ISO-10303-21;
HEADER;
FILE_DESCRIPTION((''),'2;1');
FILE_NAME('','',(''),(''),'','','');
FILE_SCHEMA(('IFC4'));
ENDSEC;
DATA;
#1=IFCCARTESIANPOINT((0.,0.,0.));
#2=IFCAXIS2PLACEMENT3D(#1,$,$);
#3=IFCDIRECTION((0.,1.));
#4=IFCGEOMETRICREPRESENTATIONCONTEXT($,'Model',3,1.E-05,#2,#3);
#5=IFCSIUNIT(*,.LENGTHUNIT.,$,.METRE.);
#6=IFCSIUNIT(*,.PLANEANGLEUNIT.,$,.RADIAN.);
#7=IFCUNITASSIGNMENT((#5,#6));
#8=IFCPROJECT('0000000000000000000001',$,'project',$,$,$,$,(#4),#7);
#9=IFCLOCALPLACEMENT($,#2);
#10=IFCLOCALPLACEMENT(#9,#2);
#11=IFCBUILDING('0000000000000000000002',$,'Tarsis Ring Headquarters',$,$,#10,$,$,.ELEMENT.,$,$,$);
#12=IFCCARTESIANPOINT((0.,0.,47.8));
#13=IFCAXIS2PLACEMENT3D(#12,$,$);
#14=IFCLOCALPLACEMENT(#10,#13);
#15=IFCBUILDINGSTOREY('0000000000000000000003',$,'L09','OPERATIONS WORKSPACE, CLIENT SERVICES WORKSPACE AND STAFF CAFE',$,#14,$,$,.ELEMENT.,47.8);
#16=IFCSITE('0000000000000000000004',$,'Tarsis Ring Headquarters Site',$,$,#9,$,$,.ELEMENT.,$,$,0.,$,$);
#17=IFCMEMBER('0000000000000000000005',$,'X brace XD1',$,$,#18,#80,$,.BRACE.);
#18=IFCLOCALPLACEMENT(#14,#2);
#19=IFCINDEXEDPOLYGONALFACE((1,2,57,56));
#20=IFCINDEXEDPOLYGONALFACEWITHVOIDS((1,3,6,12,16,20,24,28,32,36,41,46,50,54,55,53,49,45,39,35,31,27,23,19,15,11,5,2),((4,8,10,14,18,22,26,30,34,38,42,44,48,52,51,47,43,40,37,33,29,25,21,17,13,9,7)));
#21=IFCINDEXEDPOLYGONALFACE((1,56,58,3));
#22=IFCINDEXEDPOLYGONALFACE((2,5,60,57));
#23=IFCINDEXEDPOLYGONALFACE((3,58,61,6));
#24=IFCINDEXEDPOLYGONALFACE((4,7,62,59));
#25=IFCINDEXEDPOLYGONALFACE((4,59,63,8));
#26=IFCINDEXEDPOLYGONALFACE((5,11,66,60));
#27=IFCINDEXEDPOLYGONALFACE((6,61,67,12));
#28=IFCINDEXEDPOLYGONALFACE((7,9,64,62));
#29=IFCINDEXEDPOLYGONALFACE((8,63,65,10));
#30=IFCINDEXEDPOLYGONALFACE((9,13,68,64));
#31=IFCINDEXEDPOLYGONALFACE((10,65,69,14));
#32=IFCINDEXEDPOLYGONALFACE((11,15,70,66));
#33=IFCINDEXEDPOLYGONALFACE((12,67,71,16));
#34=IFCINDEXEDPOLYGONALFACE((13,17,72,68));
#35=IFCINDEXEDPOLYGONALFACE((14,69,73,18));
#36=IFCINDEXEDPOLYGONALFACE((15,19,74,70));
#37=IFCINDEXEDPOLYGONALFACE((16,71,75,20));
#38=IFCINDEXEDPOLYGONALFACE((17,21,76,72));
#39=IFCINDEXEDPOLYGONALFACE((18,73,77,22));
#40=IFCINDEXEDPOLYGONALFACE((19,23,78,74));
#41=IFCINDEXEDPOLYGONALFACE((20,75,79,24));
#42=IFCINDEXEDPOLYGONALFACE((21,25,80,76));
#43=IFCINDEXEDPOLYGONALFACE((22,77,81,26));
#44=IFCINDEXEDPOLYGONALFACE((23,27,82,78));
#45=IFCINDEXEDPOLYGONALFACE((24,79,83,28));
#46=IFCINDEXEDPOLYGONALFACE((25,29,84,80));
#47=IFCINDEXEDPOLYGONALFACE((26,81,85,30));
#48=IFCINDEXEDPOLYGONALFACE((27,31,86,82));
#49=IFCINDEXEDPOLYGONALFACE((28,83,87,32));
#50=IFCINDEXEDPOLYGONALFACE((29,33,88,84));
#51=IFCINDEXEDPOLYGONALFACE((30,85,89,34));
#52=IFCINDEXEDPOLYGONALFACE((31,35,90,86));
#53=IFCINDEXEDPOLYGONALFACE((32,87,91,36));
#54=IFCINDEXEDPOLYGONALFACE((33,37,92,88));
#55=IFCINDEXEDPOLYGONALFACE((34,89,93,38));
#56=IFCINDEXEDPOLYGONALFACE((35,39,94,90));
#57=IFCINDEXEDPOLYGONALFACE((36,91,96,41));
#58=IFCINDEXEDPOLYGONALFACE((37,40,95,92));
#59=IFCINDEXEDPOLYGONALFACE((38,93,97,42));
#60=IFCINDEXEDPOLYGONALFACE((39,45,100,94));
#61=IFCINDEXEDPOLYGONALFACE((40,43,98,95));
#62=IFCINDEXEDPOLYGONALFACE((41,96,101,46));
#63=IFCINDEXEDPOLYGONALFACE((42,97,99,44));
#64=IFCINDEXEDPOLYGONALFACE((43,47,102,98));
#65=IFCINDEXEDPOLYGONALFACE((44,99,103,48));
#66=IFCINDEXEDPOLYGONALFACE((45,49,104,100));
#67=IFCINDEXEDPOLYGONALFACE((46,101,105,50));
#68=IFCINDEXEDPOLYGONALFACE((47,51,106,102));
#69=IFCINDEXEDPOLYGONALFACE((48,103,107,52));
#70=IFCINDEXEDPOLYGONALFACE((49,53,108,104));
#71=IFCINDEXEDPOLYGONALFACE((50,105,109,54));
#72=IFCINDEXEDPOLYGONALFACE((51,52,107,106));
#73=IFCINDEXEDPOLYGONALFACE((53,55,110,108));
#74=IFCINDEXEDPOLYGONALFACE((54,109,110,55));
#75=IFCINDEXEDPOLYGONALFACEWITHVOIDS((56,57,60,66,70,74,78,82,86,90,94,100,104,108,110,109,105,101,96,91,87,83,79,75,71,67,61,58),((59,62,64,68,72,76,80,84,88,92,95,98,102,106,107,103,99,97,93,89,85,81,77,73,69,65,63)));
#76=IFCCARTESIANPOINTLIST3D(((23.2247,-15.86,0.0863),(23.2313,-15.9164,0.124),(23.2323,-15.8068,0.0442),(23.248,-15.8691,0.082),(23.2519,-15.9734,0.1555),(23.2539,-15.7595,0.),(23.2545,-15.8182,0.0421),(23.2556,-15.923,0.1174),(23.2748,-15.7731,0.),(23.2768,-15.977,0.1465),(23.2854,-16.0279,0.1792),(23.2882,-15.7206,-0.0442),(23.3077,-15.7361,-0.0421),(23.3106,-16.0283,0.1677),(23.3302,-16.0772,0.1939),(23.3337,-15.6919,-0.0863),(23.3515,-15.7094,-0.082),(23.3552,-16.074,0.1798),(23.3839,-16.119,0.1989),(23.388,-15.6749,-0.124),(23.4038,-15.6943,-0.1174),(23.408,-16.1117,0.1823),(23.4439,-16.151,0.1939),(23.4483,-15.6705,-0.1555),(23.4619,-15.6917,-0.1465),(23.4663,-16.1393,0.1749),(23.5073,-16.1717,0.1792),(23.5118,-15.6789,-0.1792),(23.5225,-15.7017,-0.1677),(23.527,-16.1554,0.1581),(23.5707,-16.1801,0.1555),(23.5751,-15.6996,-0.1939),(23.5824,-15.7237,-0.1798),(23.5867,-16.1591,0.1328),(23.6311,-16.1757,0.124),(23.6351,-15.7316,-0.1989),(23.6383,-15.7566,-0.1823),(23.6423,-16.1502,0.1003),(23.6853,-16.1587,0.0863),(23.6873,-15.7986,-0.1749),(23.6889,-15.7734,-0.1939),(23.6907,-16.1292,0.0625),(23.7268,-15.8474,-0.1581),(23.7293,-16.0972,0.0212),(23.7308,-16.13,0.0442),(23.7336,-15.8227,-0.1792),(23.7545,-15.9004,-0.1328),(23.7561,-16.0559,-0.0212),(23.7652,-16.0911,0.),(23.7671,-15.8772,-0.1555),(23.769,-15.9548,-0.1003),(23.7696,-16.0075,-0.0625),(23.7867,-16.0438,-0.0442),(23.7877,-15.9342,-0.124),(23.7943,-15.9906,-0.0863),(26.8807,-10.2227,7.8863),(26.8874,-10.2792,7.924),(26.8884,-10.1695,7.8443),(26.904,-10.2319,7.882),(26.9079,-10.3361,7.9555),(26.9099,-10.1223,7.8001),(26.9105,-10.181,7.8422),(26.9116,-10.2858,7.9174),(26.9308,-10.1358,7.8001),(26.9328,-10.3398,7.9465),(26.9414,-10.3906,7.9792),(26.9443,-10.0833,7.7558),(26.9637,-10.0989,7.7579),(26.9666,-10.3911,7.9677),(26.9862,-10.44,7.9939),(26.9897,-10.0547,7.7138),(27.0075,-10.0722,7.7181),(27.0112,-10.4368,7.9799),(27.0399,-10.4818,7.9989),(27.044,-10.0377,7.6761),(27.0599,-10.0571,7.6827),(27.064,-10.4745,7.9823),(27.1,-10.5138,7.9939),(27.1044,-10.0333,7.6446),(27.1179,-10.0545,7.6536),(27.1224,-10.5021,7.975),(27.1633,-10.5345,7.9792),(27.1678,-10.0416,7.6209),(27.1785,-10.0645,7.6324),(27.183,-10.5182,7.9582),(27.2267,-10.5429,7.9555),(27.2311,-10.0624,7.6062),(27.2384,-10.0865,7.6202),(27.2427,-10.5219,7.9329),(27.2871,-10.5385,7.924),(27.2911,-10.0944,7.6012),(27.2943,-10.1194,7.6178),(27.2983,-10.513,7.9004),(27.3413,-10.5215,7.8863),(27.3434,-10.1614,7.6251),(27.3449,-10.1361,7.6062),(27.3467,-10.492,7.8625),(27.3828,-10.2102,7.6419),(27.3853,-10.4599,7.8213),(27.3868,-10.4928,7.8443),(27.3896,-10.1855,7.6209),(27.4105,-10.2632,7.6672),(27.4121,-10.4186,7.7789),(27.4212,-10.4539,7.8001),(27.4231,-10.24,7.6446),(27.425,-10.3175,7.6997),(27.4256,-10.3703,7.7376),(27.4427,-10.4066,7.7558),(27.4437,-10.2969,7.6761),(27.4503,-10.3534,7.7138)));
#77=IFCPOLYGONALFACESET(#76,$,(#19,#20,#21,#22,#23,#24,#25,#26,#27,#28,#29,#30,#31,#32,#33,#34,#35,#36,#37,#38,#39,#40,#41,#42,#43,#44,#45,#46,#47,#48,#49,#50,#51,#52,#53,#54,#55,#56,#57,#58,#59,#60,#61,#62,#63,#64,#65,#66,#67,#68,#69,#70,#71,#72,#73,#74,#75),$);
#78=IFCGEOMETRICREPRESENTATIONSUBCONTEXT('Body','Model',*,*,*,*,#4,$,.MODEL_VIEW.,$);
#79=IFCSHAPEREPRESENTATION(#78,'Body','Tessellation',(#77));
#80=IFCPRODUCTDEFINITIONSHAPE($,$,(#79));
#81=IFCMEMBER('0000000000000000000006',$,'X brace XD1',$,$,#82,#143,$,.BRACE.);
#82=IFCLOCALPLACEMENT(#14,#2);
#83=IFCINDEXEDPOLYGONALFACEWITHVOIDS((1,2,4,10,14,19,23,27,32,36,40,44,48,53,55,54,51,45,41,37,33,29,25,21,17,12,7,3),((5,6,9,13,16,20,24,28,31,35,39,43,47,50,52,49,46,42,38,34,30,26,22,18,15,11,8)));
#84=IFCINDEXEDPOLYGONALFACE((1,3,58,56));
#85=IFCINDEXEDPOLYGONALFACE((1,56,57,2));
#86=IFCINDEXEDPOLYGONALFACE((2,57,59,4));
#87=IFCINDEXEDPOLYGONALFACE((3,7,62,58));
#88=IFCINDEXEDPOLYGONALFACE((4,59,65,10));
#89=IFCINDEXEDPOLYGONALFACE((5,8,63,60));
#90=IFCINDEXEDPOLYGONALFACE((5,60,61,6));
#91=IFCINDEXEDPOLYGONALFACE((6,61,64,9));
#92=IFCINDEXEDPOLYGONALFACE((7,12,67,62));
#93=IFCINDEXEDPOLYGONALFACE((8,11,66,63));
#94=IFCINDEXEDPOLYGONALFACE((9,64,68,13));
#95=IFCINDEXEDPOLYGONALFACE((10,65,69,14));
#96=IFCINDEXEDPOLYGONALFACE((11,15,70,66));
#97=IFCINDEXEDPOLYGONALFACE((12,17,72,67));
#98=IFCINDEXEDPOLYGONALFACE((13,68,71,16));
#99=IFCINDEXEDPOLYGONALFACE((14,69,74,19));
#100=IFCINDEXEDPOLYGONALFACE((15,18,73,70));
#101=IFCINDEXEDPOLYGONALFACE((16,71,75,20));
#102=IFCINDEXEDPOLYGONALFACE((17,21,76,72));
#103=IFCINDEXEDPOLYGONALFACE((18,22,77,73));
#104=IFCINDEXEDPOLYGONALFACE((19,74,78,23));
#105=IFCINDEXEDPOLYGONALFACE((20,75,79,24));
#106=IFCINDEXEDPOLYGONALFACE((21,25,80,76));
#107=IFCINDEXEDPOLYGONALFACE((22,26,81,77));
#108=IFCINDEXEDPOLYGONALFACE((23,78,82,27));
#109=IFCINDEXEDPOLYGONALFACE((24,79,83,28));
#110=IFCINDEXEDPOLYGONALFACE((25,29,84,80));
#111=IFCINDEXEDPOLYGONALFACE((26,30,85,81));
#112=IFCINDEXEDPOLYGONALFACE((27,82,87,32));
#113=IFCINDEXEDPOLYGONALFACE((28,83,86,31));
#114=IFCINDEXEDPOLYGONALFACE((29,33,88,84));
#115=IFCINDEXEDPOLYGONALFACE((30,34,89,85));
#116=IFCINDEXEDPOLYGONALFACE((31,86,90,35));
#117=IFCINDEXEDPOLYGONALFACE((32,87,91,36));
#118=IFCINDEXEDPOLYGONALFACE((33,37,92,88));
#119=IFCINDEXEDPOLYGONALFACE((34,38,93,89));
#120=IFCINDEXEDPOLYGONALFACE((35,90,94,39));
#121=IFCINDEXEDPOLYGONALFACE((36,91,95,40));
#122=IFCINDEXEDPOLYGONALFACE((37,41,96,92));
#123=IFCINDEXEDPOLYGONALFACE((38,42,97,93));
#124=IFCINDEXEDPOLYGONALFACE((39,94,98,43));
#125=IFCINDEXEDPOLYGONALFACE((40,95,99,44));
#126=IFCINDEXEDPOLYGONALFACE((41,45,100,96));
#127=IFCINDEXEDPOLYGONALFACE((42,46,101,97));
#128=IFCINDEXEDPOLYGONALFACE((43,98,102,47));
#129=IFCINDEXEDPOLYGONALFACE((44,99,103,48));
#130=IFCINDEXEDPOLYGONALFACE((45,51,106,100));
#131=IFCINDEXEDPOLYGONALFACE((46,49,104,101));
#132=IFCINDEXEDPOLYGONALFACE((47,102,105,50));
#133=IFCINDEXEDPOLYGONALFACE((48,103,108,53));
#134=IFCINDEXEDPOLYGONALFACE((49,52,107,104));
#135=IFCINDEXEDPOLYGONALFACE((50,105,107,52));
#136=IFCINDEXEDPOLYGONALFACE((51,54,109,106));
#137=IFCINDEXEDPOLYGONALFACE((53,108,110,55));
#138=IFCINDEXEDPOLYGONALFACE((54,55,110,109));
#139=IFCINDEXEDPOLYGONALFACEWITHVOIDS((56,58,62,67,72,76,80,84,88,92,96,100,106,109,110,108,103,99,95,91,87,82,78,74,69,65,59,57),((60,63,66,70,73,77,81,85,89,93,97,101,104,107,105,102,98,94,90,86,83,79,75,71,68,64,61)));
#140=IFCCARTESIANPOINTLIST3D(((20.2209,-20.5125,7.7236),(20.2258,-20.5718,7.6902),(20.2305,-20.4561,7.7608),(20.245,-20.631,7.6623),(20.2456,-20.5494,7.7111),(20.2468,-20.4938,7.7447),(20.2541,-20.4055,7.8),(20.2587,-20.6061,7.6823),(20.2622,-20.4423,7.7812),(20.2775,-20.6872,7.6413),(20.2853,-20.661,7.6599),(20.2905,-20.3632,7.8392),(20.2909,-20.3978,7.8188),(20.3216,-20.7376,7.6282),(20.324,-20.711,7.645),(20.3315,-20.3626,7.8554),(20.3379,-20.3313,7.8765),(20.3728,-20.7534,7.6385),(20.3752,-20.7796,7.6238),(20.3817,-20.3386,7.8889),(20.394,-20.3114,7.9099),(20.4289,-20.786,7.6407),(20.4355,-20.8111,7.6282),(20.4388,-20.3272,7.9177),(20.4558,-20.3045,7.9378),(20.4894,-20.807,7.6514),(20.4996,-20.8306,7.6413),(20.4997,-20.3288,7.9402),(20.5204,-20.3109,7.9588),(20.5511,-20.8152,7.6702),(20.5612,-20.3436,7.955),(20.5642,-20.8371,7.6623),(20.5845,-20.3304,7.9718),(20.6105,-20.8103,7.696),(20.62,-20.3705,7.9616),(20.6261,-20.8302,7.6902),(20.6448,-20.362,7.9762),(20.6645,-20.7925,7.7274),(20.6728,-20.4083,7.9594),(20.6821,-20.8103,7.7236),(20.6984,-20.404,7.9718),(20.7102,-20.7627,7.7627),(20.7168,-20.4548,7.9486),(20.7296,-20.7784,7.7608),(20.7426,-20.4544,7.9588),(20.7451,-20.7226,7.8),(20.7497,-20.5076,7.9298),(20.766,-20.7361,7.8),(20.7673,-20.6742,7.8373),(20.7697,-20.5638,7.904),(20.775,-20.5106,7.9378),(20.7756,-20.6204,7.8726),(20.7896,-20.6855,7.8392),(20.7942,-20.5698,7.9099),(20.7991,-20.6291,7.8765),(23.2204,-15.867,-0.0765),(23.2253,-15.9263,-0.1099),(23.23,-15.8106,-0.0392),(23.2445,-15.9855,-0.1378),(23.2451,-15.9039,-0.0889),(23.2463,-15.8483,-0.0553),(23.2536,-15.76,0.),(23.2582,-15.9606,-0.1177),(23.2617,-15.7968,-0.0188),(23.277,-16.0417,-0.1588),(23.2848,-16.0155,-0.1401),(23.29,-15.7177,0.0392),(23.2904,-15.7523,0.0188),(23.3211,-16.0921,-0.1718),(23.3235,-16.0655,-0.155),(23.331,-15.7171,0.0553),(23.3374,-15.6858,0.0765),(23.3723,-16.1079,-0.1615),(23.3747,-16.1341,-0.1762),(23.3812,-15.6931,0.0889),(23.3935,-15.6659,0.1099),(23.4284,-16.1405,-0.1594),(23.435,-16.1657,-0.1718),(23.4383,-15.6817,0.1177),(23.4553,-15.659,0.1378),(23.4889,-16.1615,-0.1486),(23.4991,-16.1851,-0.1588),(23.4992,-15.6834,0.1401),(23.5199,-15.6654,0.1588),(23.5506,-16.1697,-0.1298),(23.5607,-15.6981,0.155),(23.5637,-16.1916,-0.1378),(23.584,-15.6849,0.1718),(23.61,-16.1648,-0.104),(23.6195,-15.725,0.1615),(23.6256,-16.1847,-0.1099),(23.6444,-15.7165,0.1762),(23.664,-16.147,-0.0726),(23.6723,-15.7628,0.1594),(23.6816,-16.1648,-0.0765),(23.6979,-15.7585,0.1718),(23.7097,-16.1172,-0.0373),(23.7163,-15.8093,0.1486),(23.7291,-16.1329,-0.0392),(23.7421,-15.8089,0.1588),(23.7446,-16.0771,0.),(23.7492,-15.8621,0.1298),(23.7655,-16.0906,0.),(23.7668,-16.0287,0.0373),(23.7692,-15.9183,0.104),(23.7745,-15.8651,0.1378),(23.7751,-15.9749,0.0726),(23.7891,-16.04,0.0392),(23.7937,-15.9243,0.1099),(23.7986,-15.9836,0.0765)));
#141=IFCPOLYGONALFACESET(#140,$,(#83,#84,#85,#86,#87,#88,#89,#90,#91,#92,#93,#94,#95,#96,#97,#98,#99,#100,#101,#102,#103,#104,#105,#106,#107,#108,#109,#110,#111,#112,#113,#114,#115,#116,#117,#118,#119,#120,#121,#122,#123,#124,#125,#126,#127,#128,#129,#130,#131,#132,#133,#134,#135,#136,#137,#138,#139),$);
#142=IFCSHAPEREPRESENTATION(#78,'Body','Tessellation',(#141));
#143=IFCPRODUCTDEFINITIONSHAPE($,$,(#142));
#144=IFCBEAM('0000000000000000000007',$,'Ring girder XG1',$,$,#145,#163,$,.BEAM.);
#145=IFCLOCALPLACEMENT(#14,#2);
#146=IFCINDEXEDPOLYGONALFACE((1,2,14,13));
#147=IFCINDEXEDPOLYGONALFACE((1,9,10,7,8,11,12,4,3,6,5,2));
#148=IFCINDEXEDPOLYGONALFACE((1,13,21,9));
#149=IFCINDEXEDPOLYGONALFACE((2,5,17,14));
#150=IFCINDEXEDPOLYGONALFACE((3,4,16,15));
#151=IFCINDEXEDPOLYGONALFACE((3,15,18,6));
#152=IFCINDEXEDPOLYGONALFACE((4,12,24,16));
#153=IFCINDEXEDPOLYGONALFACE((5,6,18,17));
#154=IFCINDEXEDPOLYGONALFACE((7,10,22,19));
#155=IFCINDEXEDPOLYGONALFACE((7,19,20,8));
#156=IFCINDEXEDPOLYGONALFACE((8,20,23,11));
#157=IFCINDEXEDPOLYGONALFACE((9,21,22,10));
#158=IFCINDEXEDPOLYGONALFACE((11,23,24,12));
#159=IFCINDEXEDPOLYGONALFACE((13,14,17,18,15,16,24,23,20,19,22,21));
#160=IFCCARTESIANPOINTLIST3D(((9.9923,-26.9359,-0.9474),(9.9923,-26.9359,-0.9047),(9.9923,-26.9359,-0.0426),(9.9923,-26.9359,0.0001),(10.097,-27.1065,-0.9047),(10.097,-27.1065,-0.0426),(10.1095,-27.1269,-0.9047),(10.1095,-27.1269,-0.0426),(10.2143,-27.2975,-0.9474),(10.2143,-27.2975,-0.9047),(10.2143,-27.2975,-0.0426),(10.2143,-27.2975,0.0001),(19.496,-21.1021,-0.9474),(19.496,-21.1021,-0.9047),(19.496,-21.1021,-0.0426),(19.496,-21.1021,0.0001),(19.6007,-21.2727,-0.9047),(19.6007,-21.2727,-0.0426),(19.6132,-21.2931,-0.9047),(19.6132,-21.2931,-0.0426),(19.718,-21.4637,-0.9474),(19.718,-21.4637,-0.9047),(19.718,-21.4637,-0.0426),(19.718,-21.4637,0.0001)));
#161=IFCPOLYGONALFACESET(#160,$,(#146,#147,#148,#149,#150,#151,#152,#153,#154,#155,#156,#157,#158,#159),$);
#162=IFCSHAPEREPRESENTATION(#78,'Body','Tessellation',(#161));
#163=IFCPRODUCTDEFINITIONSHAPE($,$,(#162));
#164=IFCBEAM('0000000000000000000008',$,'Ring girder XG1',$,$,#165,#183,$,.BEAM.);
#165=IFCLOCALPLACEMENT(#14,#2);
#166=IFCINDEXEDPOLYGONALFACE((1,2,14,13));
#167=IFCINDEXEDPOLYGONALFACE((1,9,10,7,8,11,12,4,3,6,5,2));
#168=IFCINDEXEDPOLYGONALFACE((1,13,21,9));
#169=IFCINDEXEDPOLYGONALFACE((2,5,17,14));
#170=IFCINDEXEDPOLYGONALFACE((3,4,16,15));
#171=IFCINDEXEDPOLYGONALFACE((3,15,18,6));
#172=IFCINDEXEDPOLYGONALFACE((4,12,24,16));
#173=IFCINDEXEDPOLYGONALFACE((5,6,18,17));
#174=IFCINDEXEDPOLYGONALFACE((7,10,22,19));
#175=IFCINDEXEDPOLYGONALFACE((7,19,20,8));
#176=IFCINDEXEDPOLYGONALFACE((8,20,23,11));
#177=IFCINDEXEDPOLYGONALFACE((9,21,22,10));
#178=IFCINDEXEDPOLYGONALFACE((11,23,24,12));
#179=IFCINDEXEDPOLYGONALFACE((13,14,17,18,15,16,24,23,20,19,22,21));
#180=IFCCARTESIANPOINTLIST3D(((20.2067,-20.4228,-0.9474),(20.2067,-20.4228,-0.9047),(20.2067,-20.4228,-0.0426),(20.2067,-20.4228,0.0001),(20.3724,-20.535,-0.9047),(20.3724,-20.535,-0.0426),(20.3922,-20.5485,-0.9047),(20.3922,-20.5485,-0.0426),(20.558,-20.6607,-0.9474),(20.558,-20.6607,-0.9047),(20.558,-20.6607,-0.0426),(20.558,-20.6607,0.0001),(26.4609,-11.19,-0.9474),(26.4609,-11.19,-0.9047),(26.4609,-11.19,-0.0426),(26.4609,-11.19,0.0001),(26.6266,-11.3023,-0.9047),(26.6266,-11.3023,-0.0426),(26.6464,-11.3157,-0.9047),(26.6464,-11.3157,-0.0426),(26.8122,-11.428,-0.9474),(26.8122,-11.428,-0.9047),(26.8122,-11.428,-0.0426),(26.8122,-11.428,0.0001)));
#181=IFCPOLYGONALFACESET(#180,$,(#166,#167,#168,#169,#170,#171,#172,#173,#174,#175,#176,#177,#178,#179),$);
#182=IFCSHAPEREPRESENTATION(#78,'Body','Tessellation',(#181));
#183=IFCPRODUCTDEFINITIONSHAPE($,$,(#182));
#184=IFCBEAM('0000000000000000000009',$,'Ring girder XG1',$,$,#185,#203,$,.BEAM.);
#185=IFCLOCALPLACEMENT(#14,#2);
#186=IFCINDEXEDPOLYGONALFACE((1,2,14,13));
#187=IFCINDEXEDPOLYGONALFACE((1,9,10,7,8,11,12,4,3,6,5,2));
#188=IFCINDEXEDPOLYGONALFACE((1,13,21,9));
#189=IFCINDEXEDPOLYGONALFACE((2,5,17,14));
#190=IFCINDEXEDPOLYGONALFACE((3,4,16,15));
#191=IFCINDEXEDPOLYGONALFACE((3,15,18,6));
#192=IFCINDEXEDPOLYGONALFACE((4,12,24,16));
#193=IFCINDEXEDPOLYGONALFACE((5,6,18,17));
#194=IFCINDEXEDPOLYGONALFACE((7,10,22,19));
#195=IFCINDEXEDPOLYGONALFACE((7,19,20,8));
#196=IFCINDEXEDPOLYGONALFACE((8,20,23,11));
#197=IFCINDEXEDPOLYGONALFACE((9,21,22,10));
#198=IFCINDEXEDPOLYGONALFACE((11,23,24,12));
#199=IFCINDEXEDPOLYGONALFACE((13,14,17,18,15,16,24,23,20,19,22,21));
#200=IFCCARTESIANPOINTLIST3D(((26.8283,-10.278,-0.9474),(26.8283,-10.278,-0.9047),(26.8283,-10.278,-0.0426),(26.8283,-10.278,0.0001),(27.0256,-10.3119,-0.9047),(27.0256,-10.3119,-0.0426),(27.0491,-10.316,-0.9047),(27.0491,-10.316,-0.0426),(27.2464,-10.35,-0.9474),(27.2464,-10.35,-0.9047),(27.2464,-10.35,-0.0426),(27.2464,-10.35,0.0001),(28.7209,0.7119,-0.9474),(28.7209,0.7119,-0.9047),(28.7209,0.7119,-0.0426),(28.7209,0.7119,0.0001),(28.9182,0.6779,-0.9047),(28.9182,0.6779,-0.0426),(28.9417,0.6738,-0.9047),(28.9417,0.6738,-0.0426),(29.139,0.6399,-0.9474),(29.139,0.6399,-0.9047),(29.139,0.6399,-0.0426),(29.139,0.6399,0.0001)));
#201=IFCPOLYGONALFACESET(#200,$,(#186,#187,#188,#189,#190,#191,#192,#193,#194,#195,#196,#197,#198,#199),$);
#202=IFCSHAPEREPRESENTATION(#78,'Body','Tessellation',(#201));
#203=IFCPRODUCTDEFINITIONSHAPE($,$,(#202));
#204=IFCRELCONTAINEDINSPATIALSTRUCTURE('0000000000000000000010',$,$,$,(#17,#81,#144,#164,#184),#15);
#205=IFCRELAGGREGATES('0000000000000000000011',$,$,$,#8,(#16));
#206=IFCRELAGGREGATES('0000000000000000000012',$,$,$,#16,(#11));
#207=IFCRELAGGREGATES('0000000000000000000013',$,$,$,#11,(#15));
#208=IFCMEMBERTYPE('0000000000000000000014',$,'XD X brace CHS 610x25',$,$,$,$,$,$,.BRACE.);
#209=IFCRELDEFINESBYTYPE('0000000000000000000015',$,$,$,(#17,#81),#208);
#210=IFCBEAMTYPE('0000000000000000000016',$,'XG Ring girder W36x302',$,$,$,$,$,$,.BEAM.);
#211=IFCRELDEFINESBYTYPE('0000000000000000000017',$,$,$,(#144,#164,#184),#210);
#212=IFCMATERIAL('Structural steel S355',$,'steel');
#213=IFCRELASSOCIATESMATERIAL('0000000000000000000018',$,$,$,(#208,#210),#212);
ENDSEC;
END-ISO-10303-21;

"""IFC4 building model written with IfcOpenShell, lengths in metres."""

from ifc_helpers import new_model, si_unit, direction, frame, origin, origin_2d, place, context, subcontext, project, spatial, hollow_circle, i_section, extrude, material, material_profile, profile_set, type_object, element, save


model = new_model("IFC4")

# Units and contexts
model_context = context("Model", 3, precision=1e-05, world=origin(), true_north=direction((0.0, 1.0)))
body_context = subcontext(model_context, "Body", "Model", "MODEL_VIEW")
ifc_project = project(units=[si_unit("LENGTHUNIT", "METRE"), si_unit("PLANEANGLEUNIT", "RADIAN")], contexts=[model_context])

# Site, building, storey
site_placement = place(None, origin())
site = spatial("IfcSite", under=ifc_project, at=site_placement, Name="Tarsis Ring Headquarters Site", CompositionType="ELEMENT", RefElevation=0.0)
building_placement = place(site_placement, origin())
building = spatial("IfcBuilding", under=site, at=building_placement, Name="Tarsis Ring Headquarters", CompositionType="ELEMENT")
storey_placement = place(building_placement, frame((0.0, 0.0, 47.8)))
storey = spatial("IfcBuildingStorey", under=building, at=storey_placement, Name="L09", Description="OPERATIONS WORKSPACE, CLIENT SERVICES WORKSPACE AND STAFF CAFE", CompositionType="ELEMENT", Elevation=47.8)

# Members
ifc_material_1 = material(Name="Structural steel S355", Category="steel")
ifc_material_profile_1 = material_profile(ifc_material_1, hollow_circle(Radius=0.3047, WallThickness=0.0249, at=origin_2d()), Name="CHS 610x25")
ifc_profile_set_1 = profile_set([ifc_material_profile_1], Name="Structural steel S355")
member_type = type_object("IfcMemberType", Name="XD X brace CHS 610x25", PredefinedType="BRACE", material=ifc_profile_set_1)
member_1_placement = place(storey_placement, frame((23.5095, -15.9253, 0.0), z_axis=(0.355127, 0.547572, 0.75766), x_axis=(-0.838999, 0.544132, 0.0)))
element("IfcMember", 1, at=member_1_placement, inside=storey, type_object=member_type, Name="X brace XD1", PredefinedType="BRACE", context=body_context, shape_type="SweptSolid", body=[
    extrude(hollow_circle(Radius=0.3047, WallThickness=0.0249, at=origin_2d()), origin(), (0.0, 0.0, 1.0), 10.2949),
])
member_2_placement = place(storey_placement, frame((23.5095, -15.9253, 0.0), z_axis=(-0.313714, -0.485865, 0.815793), x_axis=(0.840098, -0.542435, 0.0)))
element("IfcMember", 2, at=member_2_placement, inside=storey, type_object=member_type, Name="X brace XD1", PredefinedType="BRACE", context=body_context, shape_type="SweptSolid", body=[
    extrude(hollow_circle(Radius=0.3047, WallThickness=0.0249, at=origin_2d()), origin(), (0.0, 0.0, 1.0), 9.5613),
])

# Beams
ifc_material_profile_2 = material_profile(ifc_material_1, i_section(OverallWidth=0.4243, OverallDepth=0.9475, WebThickness=0.0239, FlangeThickness=0.0427, at=origin_2d()), Name="W36x302")
ifc_profile_set_2 = profile_set([ifc_material_profile_2], Name="Structural steel S355")
beam_type = type_object("IfcBeamType", Name="XG Ring girder W36x302", PredefinedType="BEAM", material=ifc_profile_set_2)
beam_placement = place(storey_placement, frame((10.1033, -27.1167, -0.4736), z_axis=(0.852245, 0.523143, 0.0), x_axis=(-0.523143, 0.852245, 0.0)))
element("IfcBeam", 3, at=beam_placement, inside=storey, type_object=beam_type, Name="Ring girder XG1", PredefinedType="BEAM", context=body_context, shape_type="SweptSolid", body=[
    extrude(i_section(OverallWidth=0.4243, OverallDepth=0.9475, WebThickness=0.0239, FlangeThickness=0.0427, at=origin_2d()), origin(), (0.0, 0.0, 1.0), 11.1514),
])
for number, where, z_axis, x_axis, name in (
    (4, (20.3823, -20.5417, -0.4736), (0.560834, 0.827929, 0.0), (-0.827929, 0.560834, 0.0), "Ring girder XG1"),
    (5, (27.0374, -10.314, -0.4736), (0.169715, 0.985493, 0.0), (-0.985493, 0.169715, 0.0), "Ring girder XG1"),
):
    element("IfcBeam", number, at=place(storey_placement, frame(where, z_axis=z_axis, x_axis=x_axis)), inside=storey, type_object=beam_type, Name=name, PredefinedType="BEAM", context=body_context, shape_type="SweptSolid", body=[
        extrude(i_section(OverallWidth=0.4243, OverallDepth=0.9475, WebThickness=0.0239, FlangeThickness=0.0427, at=origin_2d()), origin(), (0.0, 0.0, 1.0), 11.1516),
    ])

save(model, "model.ifc")
